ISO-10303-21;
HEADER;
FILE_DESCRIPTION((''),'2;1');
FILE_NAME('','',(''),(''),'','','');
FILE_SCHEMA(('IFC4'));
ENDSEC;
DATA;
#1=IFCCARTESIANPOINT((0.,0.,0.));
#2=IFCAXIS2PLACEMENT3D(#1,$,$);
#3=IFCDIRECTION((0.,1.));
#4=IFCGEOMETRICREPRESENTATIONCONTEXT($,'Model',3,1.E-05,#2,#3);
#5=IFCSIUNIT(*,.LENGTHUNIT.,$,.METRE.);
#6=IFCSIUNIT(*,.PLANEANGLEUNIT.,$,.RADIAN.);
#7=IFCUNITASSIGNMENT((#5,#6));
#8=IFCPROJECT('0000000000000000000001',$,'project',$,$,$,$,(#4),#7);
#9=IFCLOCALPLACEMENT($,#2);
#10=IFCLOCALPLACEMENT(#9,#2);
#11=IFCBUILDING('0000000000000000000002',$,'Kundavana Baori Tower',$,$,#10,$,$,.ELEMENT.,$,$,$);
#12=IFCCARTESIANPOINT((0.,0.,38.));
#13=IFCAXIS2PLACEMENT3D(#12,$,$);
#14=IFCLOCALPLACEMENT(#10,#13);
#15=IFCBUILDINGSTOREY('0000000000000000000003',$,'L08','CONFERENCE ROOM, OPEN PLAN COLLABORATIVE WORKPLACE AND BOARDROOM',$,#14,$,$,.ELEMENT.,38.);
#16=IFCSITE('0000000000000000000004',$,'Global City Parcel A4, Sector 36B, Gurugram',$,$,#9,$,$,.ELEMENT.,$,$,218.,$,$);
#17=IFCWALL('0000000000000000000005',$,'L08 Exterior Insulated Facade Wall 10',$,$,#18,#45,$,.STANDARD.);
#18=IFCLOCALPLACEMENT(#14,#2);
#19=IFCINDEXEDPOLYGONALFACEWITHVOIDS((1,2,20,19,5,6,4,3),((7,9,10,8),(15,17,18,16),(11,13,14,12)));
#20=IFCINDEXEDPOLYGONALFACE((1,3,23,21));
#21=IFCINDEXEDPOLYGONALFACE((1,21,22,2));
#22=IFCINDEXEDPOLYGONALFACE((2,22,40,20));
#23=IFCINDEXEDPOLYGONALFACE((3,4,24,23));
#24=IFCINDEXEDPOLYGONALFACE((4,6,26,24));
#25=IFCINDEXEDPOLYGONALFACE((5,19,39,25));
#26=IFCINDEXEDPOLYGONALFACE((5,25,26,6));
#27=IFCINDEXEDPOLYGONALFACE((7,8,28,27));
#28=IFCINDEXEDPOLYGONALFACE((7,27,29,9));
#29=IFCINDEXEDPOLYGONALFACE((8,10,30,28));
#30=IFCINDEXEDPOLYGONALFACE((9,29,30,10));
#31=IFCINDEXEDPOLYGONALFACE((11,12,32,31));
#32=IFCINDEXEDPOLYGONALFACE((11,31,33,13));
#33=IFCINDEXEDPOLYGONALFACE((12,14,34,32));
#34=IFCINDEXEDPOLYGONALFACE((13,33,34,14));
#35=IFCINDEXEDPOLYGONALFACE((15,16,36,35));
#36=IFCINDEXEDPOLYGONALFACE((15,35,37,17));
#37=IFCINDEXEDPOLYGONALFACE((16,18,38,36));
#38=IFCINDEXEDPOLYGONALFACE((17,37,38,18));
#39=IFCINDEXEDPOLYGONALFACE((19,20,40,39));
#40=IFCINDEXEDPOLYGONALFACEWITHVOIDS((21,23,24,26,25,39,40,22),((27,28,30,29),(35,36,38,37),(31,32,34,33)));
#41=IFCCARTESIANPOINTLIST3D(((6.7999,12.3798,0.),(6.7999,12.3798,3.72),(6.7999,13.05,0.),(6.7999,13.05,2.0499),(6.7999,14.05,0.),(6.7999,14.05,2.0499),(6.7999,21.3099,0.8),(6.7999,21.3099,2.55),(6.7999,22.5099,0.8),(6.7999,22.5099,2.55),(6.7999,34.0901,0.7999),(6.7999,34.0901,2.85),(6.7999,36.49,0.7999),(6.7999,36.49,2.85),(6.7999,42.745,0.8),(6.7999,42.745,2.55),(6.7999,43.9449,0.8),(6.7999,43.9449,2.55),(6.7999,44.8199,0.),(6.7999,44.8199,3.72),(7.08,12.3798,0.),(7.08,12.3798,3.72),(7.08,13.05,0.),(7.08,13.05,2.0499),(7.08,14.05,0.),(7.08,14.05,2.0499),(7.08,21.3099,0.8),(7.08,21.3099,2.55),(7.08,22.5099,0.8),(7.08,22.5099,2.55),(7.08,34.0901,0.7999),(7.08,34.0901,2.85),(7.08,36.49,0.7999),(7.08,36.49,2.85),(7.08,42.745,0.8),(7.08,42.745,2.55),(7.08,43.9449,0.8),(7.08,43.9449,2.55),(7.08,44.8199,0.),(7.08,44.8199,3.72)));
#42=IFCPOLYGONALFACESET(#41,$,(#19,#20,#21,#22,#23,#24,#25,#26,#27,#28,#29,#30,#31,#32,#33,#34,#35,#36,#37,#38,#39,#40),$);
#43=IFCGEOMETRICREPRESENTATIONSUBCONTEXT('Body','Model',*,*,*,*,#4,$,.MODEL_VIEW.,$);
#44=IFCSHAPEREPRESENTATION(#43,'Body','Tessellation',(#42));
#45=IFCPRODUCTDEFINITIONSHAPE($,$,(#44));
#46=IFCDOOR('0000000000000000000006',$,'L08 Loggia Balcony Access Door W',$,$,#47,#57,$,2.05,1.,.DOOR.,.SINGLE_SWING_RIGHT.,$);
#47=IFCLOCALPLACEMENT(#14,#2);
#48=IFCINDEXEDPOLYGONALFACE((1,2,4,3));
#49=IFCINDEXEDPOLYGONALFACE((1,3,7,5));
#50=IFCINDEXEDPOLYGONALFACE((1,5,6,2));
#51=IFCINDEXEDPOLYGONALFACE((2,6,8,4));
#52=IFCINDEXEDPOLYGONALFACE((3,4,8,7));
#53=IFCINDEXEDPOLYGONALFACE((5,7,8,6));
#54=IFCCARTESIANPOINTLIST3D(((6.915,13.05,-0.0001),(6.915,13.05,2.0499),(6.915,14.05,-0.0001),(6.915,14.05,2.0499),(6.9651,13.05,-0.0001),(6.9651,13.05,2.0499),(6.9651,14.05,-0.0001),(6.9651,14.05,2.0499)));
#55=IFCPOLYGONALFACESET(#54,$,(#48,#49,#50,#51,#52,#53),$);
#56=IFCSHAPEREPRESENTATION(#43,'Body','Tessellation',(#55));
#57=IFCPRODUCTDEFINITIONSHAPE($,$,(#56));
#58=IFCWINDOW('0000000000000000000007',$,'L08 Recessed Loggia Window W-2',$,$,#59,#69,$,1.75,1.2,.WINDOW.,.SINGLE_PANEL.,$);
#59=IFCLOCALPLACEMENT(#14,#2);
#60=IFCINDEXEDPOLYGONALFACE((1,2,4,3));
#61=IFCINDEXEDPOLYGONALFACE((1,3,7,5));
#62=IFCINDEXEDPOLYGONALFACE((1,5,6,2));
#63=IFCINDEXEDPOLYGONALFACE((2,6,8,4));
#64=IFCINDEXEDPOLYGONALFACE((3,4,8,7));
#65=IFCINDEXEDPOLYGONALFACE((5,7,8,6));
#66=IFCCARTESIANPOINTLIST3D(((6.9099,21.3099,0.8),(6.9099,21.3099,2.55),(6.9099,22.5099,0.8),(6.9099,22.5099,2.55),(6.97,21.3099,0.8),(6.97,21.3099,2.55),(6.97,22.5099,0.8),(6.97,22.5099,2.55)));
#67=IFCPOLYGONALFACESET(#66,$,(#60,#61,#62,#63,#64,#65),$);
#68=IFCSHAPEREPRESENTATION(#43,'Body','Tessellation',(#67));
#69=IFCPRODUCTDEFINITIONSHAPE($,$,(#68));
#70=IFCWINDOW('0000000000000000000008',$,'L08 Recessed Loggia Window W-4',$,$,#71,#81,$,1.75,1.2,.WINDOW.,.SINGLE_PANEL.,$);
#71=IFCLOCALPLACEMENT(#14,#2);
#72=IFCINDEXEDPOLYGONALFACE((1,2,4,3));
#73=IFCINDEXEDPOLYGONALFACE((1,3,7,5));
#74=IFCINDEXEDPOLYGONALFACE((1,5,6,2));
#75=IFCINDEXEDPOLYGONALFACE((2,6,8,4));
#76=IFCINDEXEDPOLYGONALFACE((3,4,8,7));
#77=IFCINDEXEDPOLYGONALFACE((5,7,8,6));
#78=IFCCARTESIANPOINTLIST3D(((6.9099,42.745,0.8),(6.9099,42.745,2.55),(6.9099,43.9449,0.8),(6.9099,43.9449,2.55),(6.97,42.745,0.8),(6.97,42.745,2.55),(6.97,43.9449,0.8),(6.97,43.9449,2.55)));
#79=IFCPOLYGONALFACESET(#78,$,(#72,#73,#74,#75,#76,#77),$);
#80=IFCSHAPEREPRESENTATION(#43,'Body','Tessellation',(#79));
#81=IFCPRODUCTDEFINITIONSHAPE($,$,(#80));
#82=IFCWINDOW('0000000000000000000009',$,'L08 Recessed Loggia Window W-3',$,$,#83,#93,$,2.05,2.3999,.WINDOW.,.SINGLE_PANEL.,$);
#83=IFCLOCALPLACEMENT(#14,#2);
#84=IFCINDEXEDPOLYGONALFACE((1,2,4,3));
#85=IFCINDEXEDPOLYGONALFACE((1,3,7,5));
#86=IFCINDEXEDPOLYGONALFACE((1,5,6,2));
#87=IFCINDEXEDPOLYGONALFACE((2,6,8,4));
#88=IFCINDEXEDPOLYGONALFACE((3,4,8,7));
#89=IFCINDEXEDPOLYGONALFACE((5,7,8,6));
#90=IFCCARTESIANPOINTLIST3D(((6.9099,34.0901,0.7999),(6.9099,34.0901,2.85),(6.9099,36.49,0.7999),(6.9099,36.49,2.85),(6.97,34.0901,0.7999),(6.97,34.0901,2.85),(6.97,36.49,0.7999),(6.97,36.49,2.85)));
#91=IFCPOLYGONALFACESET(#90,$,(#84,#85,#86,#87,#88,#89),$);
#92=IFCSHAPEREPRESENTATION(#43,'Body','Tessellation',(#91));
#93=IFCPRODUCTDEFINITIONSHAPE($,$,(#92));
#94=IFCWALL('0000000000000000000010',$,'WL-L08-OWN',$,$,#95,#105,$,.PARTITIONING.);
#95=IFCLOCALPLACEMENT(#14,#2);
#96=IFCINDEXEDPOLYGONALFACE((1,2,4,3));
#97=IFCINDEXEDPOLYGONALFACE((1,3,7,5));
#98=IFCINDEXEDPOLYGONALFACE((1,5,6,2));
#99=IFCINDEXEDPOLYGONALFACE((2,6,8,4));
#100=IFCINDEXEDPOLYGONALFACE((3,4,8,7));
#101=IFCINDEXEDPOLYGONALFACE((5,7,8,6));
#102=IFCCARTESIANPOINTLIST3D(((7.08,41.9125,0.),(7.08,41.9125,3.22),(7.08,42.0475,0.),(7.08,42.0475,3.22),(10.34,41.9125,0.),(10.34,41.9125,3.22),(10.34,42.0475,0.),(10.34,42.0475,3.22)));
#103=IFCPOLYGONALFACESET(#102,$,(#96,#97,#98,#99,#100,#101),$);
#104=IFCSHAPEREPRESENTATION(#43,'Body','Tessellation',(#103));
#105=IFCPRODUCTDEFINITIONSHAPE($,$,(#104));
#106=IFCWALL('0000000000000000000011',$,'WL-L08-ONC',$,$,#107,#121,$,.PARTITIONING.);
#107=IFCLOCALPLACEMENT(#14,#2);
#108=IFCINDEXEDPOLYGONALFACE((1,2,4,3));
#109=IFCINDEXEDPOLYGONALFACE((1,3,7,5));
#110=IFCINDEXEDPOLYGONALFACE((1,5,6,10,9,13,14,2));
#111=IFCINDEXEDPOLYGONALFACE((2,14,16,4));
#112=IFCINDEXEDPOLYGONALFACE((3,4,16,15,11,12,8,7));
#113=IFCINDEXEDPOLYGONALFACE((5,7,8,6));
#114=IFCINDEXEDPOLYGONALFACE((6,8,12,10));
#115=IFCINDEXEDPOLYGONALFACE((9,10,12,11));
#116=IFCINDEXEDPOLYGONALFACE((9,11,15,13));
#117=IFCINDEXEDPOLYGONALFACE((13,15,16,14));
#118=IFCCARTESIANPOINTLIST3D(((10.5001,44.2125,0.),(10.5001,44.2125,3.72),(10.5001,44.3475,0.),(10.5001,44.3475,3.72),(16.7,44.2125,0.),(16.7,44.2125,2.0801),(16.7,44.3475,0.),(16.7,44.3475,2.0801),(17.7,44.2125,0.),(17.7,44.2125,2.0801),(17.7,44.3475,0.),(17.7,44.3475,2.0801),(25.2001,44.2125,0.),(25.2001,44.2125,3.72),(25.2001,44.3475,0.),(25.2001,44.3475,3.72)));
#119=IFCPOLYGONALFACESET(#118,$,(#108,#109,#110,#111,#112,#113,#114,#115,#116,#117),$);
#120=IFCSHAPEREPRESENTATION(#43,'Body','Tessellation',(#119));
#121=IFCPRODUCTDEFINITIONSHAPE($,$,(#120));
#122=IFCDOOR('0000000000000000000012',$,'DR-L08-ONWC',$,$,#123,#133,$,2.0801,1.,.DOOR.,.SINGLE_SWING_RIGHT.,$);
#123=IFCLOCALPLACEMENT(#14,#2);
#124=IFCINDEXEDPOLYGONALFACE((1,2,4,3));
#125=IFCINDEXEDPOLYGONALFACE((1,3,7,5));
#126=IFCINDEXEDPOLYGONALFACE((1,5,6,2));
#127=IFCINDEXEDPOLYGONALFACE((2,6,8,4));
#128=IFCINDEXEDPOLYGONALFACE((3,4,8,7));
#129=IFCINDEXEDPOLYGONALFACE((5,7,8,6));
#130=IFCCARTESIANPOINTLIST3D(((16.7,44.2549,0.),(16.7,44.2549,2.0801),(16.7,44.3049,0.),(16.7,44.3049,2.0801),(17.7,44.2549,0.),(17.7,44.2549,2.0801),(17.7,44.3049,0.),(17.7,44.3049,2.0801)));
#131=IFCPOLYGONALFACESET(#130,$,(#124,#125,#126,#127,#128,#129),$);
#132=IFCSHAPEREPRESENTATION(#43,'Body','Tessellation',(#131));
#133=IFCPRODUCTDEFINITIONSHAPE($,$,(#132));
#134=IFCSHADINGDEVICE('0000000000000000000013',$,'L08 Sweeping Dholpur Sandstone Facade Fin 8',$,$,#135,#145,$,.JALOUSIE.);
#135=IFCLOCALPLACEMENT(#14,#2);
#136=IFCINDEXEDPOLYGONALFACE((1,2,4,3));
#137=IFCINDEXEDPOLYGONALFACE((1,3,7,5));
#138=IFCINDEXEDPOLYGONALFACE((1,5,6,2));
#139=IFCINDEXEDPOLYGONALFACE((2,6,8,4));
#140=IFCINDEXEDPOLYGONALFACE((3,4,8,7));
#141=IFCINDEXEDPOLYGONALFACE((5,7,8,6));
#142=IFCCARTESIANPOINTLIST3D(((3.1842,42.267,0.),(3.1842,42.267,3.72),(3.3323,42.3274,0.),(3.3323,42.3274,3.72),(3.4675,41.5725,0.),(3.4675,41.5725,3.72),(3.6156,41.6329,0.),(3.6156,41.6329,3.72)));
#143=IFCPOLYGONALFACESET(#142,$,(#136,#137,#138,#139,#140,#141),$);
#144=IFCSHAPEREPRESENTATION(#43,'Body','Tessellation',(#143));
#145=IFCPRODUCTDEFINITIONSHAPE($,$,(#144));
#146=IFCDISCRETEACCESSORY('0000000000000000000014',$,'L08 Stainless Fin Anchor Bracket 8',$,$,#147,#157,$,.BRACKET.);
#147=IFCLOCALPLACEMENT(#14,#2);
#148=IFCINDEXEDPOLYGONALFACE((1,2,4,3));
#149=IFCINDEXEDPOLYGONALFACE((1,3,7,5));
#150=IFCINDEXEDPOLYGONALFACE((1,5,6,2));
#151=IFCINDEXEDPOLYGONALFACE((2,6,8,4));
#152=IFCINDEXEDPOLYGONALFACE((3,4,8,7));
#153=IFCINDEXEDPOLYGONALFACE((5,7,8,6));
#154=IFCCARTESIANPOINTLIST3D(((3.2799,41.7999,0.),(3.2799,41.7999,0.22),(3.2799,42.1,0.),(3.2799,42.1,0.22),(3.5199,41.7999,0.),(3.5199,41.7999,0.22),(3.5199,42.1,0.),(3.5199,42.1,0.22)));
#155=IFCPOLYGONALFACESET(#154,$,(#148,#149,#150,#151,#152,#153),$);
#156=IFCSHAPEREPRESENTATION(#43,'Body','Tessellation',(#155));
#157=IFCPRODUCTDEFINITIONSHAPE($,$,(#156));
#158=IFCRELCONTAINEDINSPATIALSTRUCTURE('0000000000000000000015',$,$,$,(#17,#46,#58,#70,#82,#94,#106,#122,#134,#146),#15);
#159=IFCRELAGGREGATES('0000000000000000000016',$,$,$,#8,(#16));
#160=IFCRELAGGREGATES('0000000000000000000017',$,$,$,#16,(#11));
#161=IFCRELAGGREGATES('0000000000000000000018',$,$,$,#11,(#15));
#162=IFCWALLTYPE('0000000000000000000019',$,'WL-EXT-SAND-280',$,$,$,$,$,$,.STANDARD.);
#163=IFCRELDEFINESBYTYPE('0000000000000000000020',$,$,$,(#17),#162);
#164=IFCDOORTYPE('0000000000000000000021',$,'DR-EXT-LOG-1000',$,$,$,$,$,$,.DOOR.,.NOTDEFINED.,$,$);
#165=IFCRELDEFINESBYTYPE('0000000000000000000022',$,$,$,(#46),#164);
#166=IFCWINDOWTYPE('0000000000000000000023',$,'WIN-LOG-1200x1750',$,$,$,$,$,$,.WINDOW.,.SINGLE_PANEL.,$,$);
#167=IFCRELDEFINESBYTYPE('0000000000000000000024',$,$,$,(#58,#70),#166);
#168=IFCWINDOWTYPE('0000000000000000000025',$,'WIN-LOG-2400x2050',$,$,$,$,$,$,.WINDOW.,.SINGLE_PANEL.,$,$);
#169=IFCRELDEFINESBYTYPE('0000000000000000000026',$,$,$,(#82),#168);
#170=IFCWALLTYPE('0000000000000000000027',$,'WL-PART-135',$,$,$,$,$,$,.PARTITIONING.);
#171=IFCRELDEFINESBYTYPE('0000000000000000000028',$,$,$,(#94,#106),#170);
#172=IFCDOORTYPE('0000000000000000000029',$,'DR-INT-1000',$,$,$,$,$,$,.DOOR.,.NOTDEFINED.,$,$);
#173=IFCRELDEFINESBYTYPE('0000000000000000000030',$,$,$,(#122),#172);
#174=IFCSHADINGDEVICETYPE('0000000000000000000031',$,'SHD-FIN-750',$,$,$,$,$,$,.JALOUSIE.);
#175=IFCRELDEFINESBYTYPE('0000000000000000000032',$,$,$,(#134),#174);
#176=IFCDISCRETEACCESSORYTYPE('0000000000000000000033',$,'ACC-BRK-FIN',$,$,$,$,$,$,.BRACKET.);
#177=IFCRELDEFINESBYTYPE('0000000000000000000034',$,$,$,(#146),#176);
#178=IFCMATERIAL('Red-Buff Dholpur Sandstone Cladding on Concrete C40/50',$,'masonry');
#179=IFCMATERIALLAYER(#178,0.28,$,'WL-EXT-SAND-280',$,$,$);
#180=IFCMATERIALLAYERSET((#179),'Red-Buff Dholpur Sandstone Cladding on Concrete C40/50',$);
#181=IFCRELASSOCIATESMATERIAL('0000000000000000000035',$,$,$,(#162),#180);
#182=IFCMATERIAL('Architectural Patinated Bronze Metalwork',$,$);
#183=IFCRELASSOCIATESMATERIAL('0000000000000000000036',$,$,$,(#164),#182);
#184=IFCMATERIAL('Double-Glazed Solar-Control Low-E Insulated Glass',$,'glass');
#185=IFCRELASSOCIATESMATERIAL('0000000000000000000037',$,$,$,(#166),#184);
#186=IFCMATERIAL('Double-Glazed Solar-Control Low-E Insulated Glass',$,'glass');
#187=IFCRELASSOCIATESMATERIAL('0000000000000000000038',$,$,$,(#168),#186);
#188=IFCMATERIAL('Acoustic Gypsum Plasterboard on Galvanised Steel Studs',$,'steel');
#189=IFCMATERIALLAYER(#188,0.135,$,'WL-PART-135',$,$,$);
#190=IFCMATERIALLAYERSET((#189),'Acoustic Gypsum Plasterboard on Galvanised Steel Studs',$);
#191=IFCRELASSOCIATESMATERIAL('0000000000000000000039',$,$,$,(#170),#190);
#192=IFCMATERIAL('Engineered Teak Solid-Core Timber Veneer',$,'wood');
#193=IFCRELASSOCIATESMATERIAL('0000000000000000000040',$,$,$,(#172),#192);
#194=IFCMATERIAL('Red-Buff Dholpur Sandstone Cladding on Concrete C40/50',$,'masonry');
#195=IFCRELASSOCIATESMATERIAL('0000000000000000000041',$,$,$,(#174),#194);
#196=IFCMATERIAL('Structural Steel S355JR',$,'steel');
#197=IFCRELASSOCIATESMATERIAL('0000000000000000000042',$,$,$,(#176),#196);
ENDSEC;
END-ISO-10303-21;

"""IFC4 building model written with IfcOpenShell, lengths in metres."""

from ifc_helpers import new_model, si_unit, direction, frame, frame_2d, origin, origin_2d, place, context, subcontext, project, spatial, rectangle, extrude, material, layer, layer_set, type_object, element, fill, save


model = new_model("IFC4")

# Units and contexts
model_context = context("Model", 3, precision=1e-05, world=origin(), true_north=direction((0.0, 1.0)))
body_context = subcontext(model_context, "Body", "Model", "MODEL_VIEW")
ifc_project = project(units=[si_unit("LENGTHUNIT", "METRE"), si_unit("PLANEANGLEUNIT", "RADIAN")], contexts=[model_context])

# Site, building, storey
site_placement = place(None, origin())
site = spatial("IfcSite", under=ifc_project, at=site_placement, Name="Global City Parcel A4, Sector 36B, Gurugram", CompositionType="ELEMENT", RefElevation=218.0)
building_placement = place(site_placement, origin())
building = spatial("IfcBuilding", under=site, at=building_placement, Name="Kundavana Baori Tower", CompositionType="ELEMENT")
storey_placement = place(building_placement, frame((0.0, 0.0, 38.0)))
storey = spatial("IfcBuildingStorey", under=building, at=storey_placement, Name="L08", Description="CONFERENCE ROOM, OPEN PLAN COLLABORATIVE WORKPLACE AND BOARDROOM", CompositionType="ELEMENT", Elevation=38.0)

# Shared definitions
ifc_material_1 = material(Name="Red-Buff Dholpur Sandstone Cladding on Concrete C40/50", Category="masonry")
ifc_layer_1 = layer(ifc_material_1, 0.28, Name="WL-EXT-SAND-280")
ifc_layer_set_1 = layer_set([ifc_layer_1], Name="Red-Buff Dholpur Sandstone Cladding on Concrete C40/50")
wall_type_1 = type_object("IfcWallType", Name="WL-EXT-SAND-280", PredefinedType="STANDARD", material=ifc_layer_set_1)

# Wall, openings, door, windows
wall_1_placement = place(storey_placement, frame((6.9399, 44.8201, 0.0), z_axis=(0.0, 0.0, 1.0), x_axis=(0.0, -1.0, 0.0)))
wall_1 = element("IfcWall", 1, at=wall_1_placement, inside=storey, type_object=wall_type_1, Name="L08 Exterior Insulated Facade Wall 10", PredefinedType="STANDARD", context=body_context, shape_type="SweptSolid", body=[
    extrude(rectangle(XDim=32.4402, YDim=0.28, at=frame_2d((16.2202, 0.0))), origin(), (0.0, 0.0, 1.0), 3.72),
])
opening_1_placement = place(wall_1_placement, frame((30.77, 0.0, 0.0)))
opening_1 = element("IfcOpeningElement", 2, at=opening_1_placement, cuts=wall_1, PredefinedType="OPENING", context=body_context, shape_type="SweptSolid", body=[
    extrude(rectangle(XDim=1.0, YDim=2.05, at=frame_2d((0.5, 1.0249))), frame((0.0, 0.1499, 0.0), z_axis=(0.0, -1.0, 0.0), x_axis=(1.0, 0.0, 0.0)), (0.0, 0.0, 1.0), 0.3),
])
opening_2_placement = place(wall_1_placement, frame((22.3101, 0.0, 0.8)))
opening_2 = element("IfcOpeningElement", 3, at=opening_2_placement, cuts=wall_1, PredefinedType="OPENING", context=body_context, shape_type="SweptSolid", body=[
    extrude(rectangle(XDim=1.2, YDim=1.75, at=frame_2d((0.6001, 0.875))), frame((0.0, 0.1499, 0.0), z_axis=(0.0, -1.0, 0.0), x_axis=(1.0, 0.0, 0.0)), (0.0, 0.0, 1.0), 0.3),
])
opening_3_placement = place(wall_1_placement, frame((8.3301, 0.0, 0.8)))
opening_3 = element("IfcOpeningElement", 4, at=opening_3_placement, cuts=wall_1, PredefinedType="OPENING", context=body_context, shape_type="SweptSolid", body=[
    extrude(rectangle(XDim=2.3999, YDim=2.05, at=frame_2d((1.2, 1.0249))), frame((0.0, 0.1499, 0.0), z_axis=(0.0, -1.0, 0.0), x_axis=(1.0, 0.0, 0.0)), (0.0, 0.0, 1.0), 0.3),
])
opening_4_placement = place(wall_1_placement, frame((0.875, 0.0, 0.8)))
opening_4 = element("IfcOpeningElement", 5, at=opening_4_placement, cuts=wall_1, PredefinedType="OPENING", context=body_context, shape_type="SweptSolid", body=[
    extrude(rectangle(XDim=1.2, YDim=1.75, at=frame_2d((0.6001, 0.875))), frame((0.0, 0.1499, 0.0), z_axis=(0.0, -1.0, 0.0), x_axis=(1.0, 0.0, 0.0)), (0.0, 0.0, 1.0), 0.3),
])
ifc_material_2 = material(Name="Architectural Patinated Bronze Metalwork")
door_type_1 = type_object("IfcDoorType", Name="DR-EXT-LOG-1000", OperationType="NOTDEFINED", PredefinedType="DOOR", material=ifc_material_2)
door_1_placement = place(opening_1_placement, frame((1.0, 0.0, 0.0), z_axis=(0.0, 0.0, 1.0), x_axis=(-1.0, 0.0, 0.0)))
door_1 = element("IfcDoor", 6, at=door_1_placement, inside=storey, type_object=door_type_1, Name="L08 Loggia Balcony Access Door W", OperationType="SINGLE_SWING_RIGHT", OverallHeight=2.05, OverallWidth=1.0, PredefinedType="DOOR", context=body_context, shape_type="SweptSolid", body=[
    extrude(rectangle(XDim=1.0, YDim=2.05, at=frame_2d((0.5, 1.0249))), frame((0.0, 0.0249, 0.0), z_axis=(0.0, -1.0, 0.0), x_axis=(1.0, 0.0, 0.0)), (0.0, 0.0, 1.0), 0.05),
])
fill(opening_1, door_1)
ifc_material_3 = material(Name="Double-Glazed Solar-Control Low-E Insulated Glass", Category="glass")
window_type_1 = type_object("IfcWindowType", Name="WIN-LOG-1200x1750", PartitioningType="SINGLE_PANEL", PredefinedType="WINDOW", material=ifc_material_3)
window_1_placement = place(opening_2_placement, origin())
window_1 = element("IfcWindow", 7, at=window_1_placement, inside=storey, type_object=window_type_1, Name="L08 Recessed Loggia Window W-2", OverallHeight=1.75, OverallWidth=1.2, PartitioningType="SINGLE_PANEL", PredefinedType="WINDOW", context=body_context, shape_type="SweptSolid", body=[
    extrude(rectangle(XDim=1.2, YDim=1.75, at=frame_2d((0.6001, 0.875))), frame((0.0, 0.03, 0.0), z_axis=(0.0, -1.0, 0.0), x_axis=(1.0, 0.0, 0.0)), (0.0, 0.0, 1.0), 0.0601),
])
fill(opening_2, window_1)
window_2_placement = place(opening_4_placement, origin())
window_2 = element("IfcWindow", 8, at=window_2_placement, inside=storey, type_object=window_type_1, Name="L08 Recessed Loggia Window W-4", OverallHeight=1.75, OverallWidth=1.2, PartitioningType="SINGLE_PANEL", PredefinedType="WINDOW", context=body_context, shape_type="SweptSolid", body=[
    extrude(rectangle(XDim=1.2, YDim=1.75, at=frame_2d((0.6001, 0.875))), frame((0.0, 0.03, 0.0), z_axis=(0.0, -1.0, 0.0), x_axis=(1.0, 0.0, 0.0)), (0.0, 0.0, 1.0), 0.0601),
])
fill(opening_4, window_2)
ifc_material_4 = material(Name="Double-Glazed Solar-Control Low-E Insulated Glass", Category="glass")
window_type_2 = type_object("IfcWindowType", Name="WIN-LOG-2400x2050", PartitioningType="SINGLE_PANEL", PredefinedType="WINDOW", material=ifc_material_4)
window_3_placement = place(opening_3_placement, origin())
window_3 = element("IfcWindow", 9, at=window_3_placement, inside=storey, type_object=window_type_2, Name="L08 Recessed Loggia Window W-3", OverallHeight=2.05, OverallWidth=2.3999, PartitioningType="SINGLE_PANEL", PredefinedType="WINDOW", context=body_context, shape_type="SweptSolid", body=[
    extrude(rectangle(XDim=2.3999, YDim=2.05, at=frame_2d((1.2, 1.0249))), frame((0.0, 0.03, 0.0), z_axis=(0.0, -1.0, 0.0), x_axis=(1.0, 0.0, 0.0)), (0.0, 0.0, 1.0), 0.0601),
])
fill(opening_3, window_3)

# Wall
ifc_material_5 = material(Name="Acoustic Gypsum Plasterboard on Galvanised Steel Studs", Category="steel")
ifc_layer_2 = layer(ifc_material_5, 0.135, Name="WL-PART-135")
ifc_layer_set_2 = layer_set([ifc_layer_2], Name="Acoustic Gypsum Plasterboard on Galvanised Steel Studs")
wall_type_2 = type_object("IfcWallType", Name="WL-PART-135", PredefinedType="PARTITIONING", material=ifc_layer_set_2)
wall_2_placement = place(storey_placement, frame((7.0801, 41.98, 0.0), z_axis=(0.0, 0.0, 1.0), x_axis=(1.0, 0.0, 0.0)))
element("IfcWall", 10, at=wall_2_placement, inside=storey, type_object=wall_type_2, Name="WL-L08-OWN", PredefinedType="PARTITIONING", context=body_context, shape_type="SweptSolid", body=[
    extrude(rectangle(XDim=3.26, YDim=0.135, at=frame_2d((1.6299, 0.0))), origin(), (0.0, 0.0, 1.0), 3.22),
])

# Wall, opening, door
wall_3_placement = place(storey_placement, frame((10.5, 44.28, 0.0), z_axis=(0.0, 0.0, 1.0), x_axis=(1.0, 0.0, 0.0)))
wall_3 = element("IfcWall", 11, at=wall_3_placement, inside=storey, type_object=wall_type_2, Name="WL-L08-ONC", PredefinedType="PARTITIONING", context=body_context, shape_type="SweptSolid", body=[
    extrude(rectangle(XDim=14.7, YDim=0.135, at=frame_2d((7.3501, 0.0))), origin(), (0.0, 0.0, 1.0), 3.72),
])
opening_5_placement = place(wall_3_placement, frame((6.2, 0.0, 0.0)))
opening_5 = element("IfcOpeningElement", 12, at=opening_5_placement, cuts=wall_3, PredefinedType="OPENING", context=body_context, shape_type="SweptSolid", body=[
    extrude(rectangle(XDim=1.0, YDim=2.0801, at=frame_2d((0.5, 1.04))), frame((0.0, 0.0776, 0.0), z_axis=(0.0, -1.0, 0.0), x_axis=(1.0, 0.0, 0.0)), (0.0, 0.0, 1.0), 0.155),
])
ifc_material_6 = material(Name="Engineered Teak Solid-Core Timber Veneer", Category="wood")
door_type_2 = type_object("IfcDoorType", Name="DR-INT-1000", OperationType="NOTDEFINED", PredefinedType="DOOR", material=ifc_material_6)
door_2_placement = place(opening_5_placement, origin())
door_2 = element("IfcDoor", 13, at=door_2_placement, inside=storey, type_object=door_type_2, Name="DR-L08-ONWC", OperationType="SINGLE_SWING_RIGHT", OverallHeight=2.0801, OverallWidth=1.0, PredefinedType="DOOR", context=body_context, shape_type="SweptSolid", body=[
    extrude(rectangle(XDim=1.0, YDim=2.0801, at=frame_2d((0.5, 1.04))), frame((0.0, 0.0249, 0.0), z_axis=(0.0, -1.0, 0.0), x_axis=(1.0, 0.0, 0.0)), (0.0, 0.0, 1.0), 0.05),
])
fill(opening_5, door_2)

# Shading device
ifc_material_7 = material(Name="Red-Buff Dholpur Sandstone Cladding on Concrete C40/50", Category="masonry")
shading_device_type = type_object("IfcShadingDeviceType", Name="SHD-FIN-750", PredefinedType="JALOUSIE", material=ifc_material_7)
shading_device_placement = place(storey_placement, frame((3.3999, 41.95, 0.0), z_axis=(0.0, 0.0, 1.0), x_axis=(0.925937, 0.377679, 0.0)))
element("IfcShadingDevice", 14, at=shading_device_placement, inside=storey, type_object=shading_device_type, Name="L08 Sweeping Dholpur Sandstone Facade Fin 8", PredefinedType="JALOUSIE", context=body_context, shape_type="SweptSolid", body=[
    extrude(rectangle(XDim=0.1599, YDim=0.75, at=origin_2d()), origin(), (0.0, 0.0, 1.0), 3.72),
])

# Discrete accessory
ifc_material_8 = material(Name="Structural Steel S355JR", Category="steel")
discrete_accessory_type = type_object("IfcDiscreteAccessoryType", Name="ACC-BRK-FIN", PredefinedType="BRACKET", material=ifc_material_8)
discrete_accessory_placement = place(storey_placement, frame((3.3999, 41.95, 0.0), z_axis=(0.0, 0.0, 1.0), x_axis=(1.0, 0.0, 0.0)))
element("IfcDiscreteAccessory", 15, at=discrete_accessory_placement, inside=storey, type_object=discrete_accessory_type, Name="L08 Stainless Fin Anchor Bracket 8", PredefinedType="BRACKET", context=body_context, shape_type="SweptSolid", body=[
    extrude(rectangle(XDim=0.24, YDim=0.3, at=origin_2d()), origin(), (0.0, 0.0, 1.0), 0.22),
])

save(model, "model.ifc")
